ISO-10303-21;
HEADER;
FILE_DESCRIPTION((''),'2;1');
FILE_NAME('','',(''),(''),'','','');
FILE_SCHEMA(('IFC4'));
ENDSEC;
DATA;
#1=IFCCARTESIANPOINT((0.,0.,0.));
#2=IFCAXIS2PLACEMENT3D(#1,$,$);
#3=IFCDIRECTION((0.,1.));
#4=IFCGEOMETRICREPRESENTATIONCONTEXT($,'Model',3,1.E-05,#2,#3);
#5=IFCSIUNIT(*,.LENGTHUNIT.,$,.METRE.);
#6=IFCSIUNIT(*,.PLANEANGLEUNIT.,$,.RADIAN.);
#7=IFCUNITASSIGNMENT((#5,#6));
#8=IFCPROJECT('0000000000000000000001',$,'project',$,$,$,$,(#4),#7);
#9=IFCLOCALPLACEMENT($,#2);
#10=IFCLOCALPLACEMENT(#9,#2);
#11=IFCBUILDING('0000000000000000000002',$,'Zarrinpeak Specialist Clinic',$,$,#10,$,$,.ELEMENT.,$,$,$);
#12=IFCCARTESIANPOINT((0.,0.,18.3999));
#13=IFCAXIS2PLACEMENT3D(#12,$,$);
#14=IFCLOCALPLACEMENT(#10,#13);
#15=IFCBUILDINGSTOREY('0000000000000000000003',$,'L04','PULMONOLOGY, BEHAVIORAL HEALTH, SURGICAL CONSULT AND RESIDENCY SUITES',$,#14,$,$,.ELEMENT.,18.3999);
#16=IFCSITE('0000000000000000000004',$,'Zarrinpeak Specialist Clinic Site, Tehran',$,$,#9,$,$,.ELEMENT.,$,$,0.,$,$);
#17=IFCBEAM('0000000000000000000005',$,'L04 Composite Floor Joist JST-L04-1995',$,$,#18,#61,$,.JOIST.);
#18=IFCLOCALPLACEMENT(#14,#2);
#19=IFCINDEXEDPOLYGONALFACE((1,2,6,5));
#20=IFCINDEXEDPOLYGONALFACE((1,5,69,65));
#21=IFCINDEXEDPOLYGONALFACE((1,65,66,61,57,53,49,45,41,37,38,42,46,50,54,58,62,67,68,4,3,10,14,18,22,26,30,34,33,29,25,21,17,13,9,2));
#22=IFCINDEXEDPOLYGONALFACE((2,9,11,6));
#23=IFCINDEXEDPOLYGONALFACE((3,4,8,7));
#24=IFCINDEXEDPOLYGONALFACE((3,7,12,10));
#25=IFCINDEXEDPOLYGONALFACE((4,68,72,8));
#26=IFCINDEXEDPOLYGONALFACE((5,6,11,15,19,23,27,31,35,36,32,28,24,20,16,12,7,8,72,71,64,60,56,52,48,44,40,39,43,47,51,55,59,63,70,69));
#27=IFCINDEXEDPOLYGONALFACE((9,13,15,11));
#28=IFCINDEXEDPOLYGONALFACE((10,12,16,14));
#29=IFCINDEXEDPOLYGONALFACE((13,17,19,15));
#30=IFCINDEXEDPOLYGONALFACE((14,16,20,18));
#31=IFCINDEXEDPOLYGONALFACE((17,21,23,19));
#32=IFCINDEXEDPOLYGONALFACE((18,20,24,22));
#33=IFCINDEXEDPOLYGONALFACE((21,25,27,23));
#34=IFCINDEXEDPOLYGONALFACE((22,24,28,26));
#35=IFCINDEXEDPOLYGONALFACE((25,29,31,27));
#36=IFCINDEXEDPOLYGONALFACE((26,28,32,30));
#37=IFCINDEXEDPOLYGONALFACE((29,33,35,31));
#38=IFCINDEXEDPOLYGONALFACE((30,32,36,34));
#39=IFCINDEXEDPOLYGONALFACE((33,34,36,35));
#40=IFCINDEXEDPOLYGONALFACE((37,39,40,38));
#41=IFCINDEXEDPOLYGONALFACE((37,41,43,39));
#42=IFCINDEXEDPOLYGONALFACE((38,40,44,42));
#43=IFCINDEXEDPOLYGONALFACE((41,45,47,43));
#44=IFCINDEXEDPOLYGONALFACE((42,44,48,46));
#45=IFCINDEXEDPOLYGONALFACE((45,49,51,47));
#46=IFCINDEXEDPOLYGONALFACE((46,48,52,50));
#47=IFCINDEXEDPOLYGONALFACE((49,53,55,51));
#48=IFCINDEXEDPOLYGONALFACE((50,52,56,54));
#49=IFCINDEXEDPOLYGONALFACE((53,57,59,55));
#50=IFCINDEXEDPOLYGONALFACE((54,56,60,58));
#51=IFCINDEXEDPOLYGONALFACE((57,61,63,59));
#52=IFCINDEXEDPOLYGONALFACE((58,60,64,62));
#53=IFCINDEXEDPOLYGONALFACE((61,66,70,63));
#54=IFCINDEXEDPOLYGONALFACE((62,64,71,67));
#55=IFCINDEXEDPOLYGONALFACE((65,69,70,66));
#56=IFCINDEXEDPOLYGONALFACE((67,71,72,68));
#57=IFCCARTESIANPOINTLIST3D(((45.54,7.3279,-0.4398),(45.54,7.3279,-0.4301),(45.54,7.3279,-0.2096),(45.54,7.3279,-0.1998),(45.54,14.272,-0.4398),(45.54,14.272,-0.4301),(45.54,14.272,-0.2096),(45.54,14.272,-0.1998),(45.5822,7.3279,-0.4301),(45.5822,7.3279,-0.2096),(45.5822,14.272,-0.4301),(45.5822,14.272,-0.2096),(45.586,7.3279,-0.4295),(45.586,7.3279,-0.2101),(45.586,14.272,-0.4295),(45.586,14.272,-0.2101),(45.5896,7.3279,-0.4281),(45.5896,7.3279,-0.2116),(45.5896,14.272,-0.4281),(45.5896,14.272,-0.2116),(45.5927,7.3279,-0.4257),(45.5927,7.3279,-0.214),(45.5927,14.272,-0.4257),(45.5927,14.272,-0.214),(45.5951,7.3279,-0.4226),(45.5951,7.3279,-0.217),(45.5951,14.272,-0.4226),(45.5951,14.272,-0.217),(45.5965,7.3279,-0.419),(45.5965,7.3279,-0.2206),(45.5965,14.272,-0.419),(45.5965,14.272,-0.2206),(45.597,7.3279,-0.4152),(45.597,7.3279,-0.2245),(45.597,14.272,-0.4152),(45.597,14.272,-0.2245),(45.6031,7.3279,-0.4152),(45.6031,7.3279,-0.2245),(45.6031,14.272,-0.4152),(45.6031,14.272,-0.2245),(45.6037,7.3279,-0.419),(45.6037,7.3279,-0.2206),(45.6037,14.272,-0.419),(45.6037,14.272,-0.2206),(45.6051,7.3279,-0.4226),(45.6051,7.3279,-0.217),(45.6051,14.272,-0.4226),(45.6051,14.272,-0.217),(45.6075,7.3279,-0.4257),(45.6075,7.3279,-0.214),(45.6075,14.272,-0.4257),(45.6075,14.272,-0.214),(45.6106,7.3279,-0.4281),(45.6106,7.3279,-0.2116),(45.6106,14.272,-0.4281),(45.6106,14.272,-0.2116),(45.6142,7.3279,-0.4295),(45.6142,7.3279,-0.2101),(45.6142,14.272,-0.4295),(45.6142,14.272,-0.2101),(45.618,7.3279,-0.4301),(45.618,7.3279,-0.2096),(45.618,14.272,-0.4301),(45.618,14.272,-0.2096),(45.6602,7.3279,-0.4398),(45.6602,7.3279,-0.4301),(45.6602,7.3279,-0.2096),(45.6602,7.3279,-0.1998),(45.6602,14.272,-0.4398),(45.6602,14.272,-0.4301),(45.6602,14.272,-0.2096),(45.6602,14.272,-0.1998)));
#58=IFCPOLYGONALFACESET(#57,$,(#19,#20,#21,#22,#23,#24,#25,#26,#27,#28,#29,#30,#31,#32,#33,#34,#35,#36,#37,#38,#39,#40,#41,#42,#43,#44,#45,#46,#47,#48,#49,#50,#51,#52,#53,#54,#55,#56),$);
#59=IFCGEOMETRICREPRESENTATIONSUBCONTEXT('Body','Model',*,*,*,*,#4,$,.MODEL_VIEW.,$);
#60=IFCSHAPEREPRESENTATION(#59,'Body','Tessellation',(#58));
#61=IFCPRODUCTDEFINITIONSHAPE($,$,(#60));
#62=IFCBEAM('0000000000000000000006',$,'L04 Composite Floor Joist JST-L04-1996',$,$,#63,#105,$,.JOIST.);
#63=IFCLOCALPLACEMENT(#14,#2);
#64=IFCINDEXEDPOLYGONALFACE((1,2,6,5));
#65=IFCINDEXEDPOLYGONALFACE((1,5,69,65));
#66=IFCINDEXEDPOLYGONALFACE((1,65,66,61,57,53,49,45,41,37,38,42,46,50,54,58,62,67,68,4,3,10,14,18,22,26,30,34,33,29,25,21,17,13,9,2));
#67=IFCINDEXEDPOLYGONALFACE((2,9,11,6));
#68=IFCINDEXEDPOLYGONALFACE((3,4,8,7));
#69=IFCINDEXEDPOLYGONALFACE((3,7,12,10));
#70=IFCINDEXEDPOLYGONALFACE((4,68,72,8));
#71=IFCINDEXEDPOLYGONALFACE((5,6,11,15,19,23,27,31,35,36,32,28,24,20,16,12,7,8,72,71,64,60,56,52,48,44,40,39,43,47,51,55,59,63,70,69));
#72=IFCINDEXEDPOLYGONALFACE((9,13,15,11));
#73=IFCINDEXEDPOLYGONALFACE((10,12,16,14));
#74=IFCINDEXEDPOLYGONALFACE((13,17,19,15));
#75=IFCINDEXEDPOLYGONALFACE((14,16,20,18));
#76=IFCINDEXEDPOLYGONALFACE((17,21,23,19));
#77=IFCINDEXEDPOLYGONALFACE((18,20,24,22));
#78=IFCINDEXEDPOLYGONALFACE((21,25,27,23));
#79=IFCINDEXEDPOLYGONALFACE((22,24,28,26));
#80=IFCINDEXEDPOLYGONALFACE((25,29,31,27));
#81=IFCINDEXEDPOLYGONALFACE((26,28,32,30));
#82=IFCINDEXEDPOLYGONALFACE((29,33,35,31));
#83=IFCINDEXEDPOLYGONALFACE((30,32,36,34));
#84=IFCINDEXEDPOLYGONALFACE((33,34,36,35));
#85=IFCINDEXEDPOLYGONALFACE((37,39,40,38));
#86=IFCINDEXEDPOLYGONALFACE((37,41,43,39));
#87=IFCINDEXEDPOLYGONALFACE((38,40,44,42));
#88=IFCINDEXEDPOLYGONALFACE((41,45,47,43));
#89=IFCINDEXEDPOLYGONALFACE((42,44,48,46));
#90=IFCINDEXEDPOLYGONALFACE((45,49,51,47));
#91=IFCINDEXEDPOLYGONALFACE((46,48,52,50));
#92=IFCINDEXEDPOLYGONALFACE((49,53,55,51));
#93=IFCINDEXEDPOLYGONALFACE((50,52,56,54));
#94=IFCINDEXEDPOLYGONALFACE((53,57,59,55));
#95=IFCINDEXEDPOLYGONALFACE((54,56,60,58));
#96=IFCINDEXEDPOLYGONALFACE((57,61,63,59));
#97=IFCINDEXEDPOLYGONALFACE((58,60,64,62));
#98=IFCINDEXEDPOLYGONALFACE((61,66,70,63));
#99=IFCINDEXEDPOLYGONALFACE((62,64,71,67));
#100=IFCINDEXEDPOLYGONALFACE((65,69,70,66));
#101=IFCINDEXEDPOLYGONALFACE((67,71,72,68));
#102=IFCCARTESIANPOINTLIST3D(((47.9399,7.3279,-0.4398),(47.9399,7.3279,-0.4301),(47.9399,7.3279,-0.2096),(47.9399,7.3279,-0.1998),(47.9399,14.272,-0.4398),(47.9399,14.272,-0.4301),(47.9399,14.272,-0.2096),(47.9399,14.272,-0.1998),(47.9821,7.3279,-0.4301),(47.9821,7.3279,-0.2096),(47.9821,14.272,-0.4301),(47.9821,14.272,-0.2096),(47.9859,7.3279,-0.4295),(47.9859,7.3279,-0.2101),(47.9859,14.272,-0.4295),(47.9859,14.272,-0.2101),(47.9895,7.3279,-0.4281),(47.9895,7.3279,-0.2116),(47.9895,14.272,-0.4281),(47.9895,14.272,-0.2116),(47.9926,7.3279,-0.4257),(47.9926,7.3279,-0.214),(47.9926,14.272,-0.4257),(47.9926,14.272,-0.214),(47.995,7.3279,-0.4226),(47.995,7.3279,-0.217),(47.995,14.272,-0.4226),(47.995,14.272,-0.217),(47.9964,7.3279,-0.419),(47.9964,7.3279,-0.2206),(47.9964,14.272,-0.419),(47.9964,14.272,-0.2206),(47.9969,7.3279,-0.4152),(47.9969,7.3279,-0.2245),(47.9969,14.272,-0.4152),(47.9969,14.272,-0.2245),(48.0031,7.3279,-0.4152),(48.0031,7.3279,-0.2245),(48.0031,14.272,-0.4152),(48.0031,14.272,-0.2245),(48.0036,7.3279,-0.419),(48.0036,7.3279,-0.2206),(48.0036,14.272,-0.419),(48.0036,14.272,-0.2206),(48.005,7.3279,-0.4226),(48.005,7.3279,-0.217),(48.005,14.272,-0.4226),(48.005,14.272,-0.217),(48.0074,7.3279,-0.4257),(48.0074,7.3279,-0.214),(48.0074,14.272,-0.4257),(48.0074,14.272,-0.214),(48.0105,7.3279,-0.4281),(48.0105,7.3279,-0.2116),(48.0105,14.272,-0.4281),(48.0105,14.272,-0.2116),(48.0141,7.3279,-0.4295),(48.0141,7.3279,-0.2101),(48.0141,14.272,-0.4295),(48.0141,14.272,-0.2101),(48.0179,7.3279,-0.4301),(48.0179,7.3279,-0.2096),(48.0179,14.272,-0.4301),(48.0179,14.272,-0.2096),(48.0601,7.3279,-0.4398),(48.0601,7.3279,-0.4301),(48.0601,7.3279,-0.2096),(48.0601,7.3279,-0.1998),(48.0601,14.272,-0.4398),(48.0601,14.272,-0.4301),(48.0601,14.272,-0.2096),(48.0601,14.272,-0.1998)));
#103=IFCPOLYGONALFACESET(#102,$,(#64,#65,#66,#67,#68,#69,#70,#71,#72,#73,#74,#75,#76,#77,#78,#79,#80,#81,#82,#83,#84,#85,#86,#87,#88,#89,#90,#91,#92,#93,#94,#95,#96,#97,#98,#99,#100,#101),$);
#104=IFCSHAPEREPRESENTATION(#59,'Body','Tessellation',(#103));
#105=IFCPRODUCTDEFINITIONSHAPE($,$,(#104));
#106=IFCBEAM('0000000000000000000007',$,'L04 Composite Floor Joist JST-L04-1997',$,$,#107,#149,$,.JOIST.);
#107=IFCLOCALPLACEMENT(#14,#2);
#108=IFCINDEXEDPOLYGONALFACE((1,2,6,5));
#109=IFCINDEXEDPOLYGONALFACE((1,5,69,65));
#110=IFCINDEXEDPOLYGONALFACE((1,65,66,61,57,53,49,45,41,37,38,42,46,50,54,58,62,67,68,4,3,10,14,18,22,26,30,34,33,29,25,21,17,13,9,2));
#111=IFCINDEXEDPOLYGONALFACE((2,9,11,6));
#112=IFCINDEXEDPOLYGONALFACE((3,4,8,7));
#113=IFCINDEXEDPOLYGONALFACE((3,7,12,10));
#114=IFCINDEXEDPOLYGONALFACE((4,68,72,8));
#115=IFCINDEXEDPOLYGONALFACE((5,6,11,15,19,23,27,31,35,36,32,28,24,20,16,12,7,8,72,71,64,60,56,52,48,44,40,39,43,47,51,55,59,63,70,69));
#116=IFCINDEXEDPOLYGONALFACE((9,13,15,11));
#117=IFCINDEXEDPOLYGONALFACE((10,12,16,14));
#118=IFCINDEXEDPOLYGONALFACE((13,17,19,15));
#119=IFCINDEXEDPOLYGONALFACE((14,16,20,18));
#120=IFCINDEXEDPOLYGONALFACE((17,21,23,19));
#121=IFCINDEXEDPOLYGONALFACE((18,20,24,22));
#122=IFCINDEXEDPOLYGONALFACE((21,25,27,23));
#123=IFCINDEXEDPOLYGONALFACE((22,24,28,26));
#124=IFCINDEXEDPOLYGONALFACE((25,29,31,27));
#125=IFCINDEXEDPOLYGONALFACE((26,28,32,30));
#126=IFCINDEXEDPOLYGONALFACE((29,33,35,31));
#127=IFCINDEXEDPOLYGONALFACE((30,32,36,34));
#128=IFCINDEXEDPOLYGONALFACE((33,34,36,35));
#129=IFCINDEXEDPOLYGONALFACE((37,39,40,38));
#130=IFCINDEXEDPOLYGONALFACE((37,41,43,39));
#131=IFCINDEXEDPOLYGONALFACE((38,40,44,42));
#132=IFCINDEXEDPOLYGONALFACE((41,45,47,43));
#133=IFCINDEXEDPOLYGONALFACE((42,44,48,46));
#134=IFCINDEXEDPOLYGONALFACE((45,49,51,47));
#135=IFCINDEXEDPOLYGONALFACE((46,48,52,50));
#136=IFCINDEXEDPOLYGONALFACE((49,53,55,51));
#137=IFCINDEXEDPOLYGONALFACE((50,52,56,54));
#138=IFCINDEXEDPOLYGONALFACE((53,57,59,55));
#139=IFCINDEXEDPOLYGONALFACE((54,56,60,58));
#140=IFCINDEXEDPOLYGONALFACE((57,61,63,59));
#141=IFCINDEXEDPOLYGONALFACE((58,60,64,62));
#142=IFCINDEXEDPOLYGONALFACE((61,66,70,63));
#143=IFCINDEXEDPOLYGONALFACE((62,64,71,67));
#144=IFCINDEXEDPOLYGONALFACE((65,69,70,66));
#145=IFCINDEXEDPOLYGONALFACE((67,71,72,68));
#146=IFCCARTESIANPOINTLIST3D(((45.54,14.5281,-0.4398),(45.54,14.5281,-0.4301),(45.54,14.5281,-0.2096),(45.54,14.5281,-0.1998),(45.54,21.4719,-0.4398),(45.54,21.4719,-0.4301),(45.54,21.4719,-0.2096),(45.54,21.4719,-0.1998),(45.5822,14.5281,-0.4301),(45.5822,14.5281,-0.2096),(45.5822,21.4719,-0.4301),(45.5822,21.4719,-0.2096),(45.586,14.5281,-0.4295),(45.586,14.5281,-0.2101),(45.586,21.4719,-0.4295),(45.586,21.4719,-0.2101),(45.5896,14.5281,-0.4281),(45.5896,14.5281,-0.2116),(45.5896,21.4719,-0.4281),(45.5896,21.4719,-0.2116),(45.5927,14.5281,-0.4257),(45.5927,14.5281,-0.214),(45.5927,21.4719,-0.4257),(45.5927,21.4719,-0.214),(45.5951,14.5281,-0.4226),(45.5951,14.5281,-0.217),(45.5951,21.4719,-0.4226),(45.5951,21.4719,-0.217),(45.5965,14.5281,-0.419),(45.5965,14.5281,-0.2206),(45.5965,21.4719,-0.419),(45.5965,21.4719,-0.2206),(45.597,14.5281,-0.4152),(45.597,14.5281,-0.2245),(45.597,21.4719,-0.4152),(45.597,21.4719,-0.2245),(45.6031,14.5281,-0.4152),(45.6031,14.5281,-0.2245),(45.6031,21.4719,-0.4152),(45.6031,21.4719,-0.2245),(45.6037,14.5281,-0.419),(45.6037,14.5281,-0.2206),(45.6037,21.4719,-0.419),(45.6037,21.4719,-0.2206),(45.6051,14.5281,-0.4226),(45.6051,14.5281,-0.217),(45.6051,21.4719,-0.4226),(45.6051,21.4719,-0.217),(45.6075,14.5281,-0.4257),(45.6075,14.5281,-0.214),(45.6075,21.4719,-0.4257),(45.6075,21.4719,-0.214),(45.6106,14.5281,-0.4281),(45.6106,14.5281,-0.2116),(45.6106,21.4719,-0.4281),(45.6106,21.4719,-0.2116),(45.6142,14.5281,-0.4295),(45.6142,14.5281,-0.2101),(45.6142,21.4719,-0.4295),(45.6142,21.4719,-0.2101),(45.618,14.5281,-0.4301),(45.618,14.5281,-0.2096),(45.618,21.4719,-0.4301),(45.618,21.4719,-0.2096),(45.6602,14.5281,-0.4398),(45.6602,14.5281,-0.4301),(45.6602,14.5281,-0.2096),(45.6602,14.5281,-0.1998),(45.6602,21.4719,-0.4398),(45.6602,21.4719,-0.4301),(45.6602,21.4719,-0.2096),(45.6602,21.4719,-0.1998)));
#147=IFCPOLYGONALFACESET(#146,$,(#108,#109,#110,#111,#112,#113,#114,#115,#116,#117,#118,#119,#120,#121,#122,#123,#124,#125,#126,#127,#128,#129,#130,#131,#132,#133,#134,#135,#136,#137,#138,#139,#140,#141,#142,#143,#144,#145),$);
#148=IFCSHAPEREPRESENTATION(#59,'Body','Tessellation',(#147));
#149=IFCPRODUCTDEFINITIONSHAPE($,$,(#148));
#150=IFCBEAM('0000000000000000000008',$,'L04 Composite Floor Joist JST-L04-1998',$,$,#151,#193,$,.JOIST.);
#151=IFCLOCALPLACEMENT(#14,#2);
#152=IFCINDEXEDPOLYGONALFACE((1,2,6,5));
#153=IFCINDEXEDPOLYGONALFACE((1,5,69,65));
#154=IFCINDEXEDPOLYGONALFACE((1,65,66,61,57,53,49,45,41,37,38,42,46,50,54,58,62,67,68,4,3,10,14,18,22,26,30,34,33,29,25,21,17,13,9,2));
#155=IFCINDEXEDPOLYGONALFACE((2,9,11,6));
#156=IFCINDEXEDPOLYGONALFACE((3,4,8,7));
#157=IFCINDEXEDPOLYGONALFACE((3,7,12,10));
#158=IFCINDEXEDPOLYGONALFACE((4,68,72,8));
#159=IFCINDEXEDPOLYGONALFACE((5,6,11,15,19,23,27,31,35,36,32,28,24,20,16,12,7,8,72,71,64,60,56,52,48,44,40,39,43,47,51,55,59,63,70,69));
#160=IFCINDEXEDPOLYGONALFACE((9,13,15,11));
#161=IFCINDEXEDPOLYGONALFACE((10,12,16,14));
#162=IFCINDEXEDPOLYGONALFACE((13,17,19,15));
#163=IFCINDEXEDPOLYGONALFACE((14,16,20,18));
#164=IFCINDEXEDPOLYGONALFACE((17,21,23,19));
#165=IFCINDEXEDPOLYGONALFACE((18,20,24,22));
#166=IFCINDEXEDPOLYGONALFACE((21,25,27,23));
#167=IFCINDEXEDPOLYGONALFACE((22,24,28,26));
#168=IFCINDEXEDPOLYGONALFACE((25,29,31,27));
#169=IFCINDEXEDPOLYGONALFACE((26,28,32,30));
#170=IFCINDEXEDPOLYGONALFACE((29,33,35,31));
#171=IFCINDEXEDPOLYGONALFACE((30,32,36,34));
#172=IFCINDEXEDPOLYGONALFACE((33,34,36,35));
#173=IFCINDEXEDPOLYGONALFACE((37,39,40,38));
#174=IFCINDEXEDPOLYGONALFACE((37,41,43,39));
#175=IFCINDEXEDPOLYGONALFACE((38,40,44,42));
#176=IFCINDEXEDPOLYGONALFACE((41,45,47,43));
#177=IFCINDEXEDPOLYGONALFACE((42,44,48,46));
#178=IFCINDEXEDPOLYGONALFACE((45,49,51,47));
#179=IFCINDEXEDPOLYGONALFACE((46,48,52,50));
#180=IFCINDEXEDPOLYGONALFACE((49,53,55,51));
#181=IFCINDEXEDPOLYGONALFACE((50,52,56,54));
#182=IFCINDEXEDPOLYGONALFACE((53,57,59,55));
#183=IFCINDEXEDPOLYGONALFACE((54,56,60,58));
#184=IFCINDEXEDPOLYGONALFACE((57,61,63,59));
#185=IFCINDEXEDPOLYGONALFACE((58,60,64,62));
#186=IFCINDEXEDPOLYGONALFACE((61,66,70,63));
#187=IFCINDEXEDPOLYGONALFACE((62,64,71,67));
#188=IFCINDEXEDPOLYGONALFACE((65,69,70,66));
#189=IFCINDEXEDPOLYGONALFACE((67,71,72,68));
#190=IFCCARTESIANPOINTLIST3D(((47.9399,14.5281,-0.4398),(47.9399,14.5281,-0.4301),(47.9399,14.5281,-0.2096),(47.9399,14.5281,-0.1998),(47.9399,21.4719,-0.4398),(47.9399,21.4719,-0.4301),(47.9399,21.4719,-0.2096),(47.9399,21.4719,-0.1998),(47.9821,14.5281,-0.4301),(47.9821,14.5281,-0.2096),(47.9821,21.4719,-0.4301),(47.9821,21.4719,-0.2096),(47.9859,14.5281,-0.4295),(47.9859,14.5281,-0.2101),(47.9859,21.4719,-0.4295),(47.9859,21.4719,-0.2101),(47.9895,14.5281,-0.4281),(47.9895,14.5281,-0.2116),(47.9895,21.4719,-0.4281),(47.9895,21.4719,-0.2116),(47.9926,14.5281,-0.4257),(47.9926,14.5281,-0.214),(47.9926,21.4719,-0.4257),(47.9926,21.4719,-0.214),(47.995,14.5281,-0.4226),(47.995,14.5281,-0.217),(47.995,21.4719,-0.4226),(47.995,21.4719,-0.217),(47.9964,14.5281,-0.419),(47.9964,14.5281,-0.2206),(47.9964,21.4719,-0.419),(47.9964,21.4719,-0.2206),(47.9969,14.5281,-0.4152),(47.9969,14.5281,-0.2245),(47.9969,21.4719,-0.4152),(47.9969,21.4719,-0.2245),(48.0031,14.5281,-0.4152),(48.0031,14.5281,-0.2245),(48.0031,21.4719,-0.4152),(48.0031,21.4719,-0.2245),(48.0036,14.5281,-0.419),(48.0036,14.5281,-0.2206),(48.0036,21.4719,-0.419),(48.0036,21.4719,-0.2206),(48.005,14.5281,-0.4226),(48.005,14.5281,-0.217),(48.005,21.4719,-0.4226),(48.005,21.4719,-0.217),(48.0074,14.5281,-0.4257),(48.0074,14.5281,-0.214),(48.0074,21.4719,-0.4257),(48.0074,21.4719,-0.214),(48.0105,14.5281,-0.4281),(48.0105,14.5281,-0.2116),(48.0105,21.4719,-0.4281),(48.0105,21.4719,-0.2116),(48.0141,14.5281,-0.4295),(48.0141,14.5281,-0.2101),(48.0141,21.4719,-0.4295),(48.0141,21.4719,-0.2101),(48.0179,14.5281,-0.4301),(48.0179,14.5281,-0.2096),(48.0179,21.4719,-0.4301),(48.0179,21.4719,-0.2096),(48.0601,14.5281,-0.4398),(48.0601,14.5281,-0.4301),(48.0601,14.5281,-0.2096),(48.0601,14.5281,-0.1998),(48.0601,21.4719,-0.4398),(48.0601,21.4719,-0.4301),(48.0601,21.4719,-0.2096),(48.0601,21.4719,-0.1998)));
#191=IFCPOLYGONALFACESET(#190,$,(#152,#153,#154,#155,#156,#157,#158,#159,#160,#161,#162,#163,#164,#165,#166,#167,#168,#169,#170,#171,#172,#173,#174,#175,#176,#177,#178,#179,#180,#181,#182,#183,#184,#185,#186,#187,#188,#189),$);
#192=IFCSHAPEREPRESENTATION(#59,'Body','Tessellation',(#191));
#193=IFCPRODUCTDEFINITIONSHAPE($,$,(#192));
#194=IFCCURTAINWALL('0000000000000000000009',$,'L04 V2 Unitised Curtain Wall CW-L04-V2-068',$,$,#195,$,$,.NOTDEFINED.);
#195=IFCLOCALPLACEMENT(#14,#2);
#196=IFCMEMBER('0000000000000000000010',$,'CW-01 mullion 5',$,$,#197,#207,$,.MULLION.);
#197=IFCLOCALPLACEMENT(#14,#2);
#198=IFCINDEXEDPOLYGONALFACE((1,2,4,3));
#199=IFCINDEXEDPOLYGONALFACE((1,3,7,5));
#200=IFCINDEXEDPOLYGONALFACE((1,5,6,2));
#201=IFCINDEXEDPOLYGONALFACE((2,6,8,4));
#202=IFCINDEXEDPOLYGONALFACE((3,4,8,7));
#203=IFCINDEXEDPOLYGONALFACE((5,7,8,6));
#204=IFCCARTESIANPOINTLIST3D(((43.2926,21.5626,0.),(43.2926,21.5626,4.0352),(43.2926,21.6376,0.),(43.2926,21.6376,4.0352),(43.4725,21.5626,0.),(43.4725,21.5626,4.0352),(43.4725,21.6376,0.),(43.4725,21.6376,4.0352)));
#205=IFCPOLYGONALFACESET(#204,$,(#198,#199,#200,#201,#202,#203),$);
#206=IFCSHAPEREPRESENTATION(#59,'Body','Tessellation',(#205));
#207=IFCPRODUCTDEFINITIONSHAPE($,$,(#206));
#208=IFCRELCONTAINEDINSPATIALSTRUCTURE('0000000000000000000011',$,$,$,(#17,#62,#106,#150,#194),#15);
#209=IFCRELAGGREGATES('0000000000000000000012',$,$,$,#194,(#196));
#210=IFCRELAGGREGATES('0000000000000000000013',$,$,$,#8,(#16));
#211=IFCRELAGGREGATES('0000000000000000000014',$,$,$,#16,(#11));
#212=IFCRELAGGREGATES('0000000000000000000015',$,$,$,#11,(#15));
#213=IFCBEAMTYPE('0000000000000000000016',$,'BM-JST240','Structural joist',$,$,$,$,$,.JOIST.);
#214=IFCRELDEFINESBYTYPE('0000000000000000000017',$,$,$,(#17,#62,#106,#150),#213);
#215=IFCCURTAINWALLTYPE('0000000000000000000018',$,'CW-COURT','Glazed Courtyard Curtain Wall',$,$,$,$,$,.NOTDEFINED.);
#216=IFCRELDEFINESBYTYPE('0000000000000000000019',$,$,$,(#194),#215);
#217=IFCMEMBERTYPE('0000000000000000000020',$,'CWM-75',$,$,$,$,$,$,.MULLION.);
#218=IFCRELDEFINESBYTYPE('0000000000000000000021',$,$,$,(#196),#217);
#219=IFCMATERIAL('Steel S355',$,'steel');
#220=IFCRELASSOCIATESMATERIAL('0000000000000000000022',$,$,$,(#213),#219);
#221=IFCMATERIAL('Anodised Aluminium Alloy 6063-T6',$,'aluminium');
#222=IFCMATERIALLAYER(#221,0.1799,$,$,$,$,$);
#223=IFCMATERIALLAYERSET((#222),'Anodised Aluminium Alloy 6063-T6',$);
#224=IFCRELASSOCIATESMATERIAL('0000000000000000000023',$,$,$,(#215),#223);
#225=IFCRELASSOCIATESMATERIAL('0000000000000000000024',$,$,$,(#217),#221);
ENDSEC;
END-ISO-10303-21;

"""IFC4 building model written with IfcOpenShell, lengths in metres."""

from ifc_helpers import new_model, si_unit, direction, frame, origin, origin_2d, place, context, subcontext, project, spatial, rectangle, i_section, extrude, material, layer, layer_set, material_profile, profile_set, type_object, element, aggregate, save


model = new_model("IFC4")

# Units and contexts
model_context = context("Model", 3, precision=1e-05, world=origin(), true_north=direction((0.0, 1.0)))
body_context = subcontext(model_context, "Body", "Model", "MODEL_VIEW")
ifc_project = project(units=[si_unit("LENGTHUNIT", "METRE"), si_unit("PLANEANGLEUNIT", "RADIAN")], contexts=[model_context])

# Site, building, storey
site_placement = place(None, origin())
site = spatial("IfcSite", under=ifc_project, at=site_placement, Name="Zarrinpeak Specialist Clinic Site, Tehran", CompositionType="ELEMENT", RefElevation=0.0)
building_placement = place(site_placement, origin())
building = spatial("IfcBuilding", under=site, at=building_placement, Name="Zarrinpeak Specialist Clinic", CompositionType="ELEMENT")
storey_placement = place(building_placement, frame((0.0, 0.0, 18.3999)))
storey = spatial("IfcBuildingStorey", under=building, at=storey_placement, Name="L04", Description="PULMONOLOGY, BEHAVIORAL HEALTH, SURGICAL CONSULT AND RESIDENCY SUITES", CompositionType="ELEMENT", Elevation=18.3999)

# Beams
ifc_material_1 = material(Name="Steel S355", Category="steel")
ifc_material_profile_1 = material_profile(ifc_material_1, i_section(OverallWidth=0.1201, OverallDepth=0.24, WebThickness=0.0061, FlangeThickness=0.0098, FilletRadius=0.0149, at=origin_2d()), Name="IPE 240")
ifc_profile_set_1 = profile_set([ifc_material_profile_1], Name="Steel S355")
beam_type_1 = type_object("IfcBeamType", Name="BM-JST240", Description="Structural joist", PredefinedType="JOIST", material=ifc_profile_set_1)
for number, where, z_axis, x_axis, name in (
    (1, (45.6001, 7.3279, -0.3198), (0.0, 1.0, 0.0), (-1.0, 0.0, 0.0), "L04 Composite Floor Joist JST-L04-1995"),
    (2, (48.0, 7.3279, -0.3198), (0.0, 1.0, 0.0), (-1.0, 0.0, 0.0), "L04 Composite Floor Joist JST-L04-1996"),
):
    element("IfcBeam", number, at=place(storey_placement, frame(where, z_axis=z_axis, x_axis=x_axis)), inside=storey, type_object=beam_type_1, Name=name, PredefinedType="JOIST", context=body_context, shape_type="SweptSolid", body=[
        extrude(i_section(OverallWidth=0.1201, OverallDepth=0.24, WebThickness=0.0061, FlangeThickness=0.0098, FilletRadius=0.0149, at=origin_2d()), origin(), (0.0, 0.0, 1.0), 6.9441),
    ])
for number, where, z_axis, x_axis, name in (
    (3, (45.6001, 14.5281, -0.3198), (0.0, 1.0, 0.0), (-1.0, 0.0, 0.0), "L04 Composite Floor Joist JST-L04-1997"),
    (4, (48.0, 14.5281, -0.3198), (0.0, 1.0, 0.0), (-1.0, 0.0, 0.0), "L04 Composite Floor Joist JST-L04-1998"),
):
    element("IfcBeam", number, at=place(storey_placement, frame(where, z_axis=z_axis, x_axis=x_axis)), inside=storey, type_object=beam_type_1, Name=name, PredefinedType="JOIST", context=body_context, shape_type="SweptSolid", body=[
        extrude(i_section(OverallWidth=0.1201, OverallDepth=0.24, WebThickness=0.0061, FlangeThickness=0.0098, FilletRadius=0.0149, at=origin_2d()), origin(), (0.0, 0.0, 1.0), 6.9438),
    ])

# Curtain wall, member
ifc_material_2 = material(Name="Anodised Aluminium Alloy 6063-T6", Category="aluminium")
ifc_layer_1 = layer(ifc_material_2, 0.1799)
ifc_layer_set_1 = layer_set([ifc_layer_1], Name="Anodised Aluminium Alloy 6063-T6")
curtain_wall_type_1 = type_object("IfcCurtainWallType", Name="CW-COURT", Description="Glazed Courtyard Curtain Wall", PredefinedType="NOTDEFINED", material=ifc_layer_set_1)
curtain_wall_1_placement = place(storey_placement, origin())
curtain_wall_1 = element("IfcCurtainWall", 5, at=curtain_wall_1_placement, inside=storey, type_object=curtain_wall_type_1, Name="L04 V2 Unitised Curtain Wall CW-L04-V2-068", PredefinedType="NOTDEFINED")
ifc_material_profile_2 = material_profile(ifc_material_2, rectangle(XDim=0.075, YDim=0.1799, at=origin_2d()), Name="ALU 75x180")
ifc_profile_set_2 = profile_set([ifc_material_profile_2], Name="Anodised Aluminium Alloy 6063-T6")
member_type_1 = type_object("IfcMemberType", Name="CWM-75", PredefinedType="MULLION", material=ifc_profile_set_2)
member_1_placement = place(storey_placement, frame((43.3826, 21.6001, 0.0), z_axis=(0.0, 0.0, 1.0), x_axis=(0.0, -1.0, 0.0)))
member_1 = element("IfcMember", 6, at=member_1_placement, type_object=member_type_1, Name="CW-01 mullion 5", PredefinedType="MULLION", context=body_context, shape_type="SweptSolid", body=[
    extrude(rectangle(XDim=0.075, YDim=0.1799, at=origin_2d()), origin(), (0.0, 0.0, 1.0), 4.0352),
])

aggregate(curtain_wall_1, [member_1])

save(model, "model.ifc")
